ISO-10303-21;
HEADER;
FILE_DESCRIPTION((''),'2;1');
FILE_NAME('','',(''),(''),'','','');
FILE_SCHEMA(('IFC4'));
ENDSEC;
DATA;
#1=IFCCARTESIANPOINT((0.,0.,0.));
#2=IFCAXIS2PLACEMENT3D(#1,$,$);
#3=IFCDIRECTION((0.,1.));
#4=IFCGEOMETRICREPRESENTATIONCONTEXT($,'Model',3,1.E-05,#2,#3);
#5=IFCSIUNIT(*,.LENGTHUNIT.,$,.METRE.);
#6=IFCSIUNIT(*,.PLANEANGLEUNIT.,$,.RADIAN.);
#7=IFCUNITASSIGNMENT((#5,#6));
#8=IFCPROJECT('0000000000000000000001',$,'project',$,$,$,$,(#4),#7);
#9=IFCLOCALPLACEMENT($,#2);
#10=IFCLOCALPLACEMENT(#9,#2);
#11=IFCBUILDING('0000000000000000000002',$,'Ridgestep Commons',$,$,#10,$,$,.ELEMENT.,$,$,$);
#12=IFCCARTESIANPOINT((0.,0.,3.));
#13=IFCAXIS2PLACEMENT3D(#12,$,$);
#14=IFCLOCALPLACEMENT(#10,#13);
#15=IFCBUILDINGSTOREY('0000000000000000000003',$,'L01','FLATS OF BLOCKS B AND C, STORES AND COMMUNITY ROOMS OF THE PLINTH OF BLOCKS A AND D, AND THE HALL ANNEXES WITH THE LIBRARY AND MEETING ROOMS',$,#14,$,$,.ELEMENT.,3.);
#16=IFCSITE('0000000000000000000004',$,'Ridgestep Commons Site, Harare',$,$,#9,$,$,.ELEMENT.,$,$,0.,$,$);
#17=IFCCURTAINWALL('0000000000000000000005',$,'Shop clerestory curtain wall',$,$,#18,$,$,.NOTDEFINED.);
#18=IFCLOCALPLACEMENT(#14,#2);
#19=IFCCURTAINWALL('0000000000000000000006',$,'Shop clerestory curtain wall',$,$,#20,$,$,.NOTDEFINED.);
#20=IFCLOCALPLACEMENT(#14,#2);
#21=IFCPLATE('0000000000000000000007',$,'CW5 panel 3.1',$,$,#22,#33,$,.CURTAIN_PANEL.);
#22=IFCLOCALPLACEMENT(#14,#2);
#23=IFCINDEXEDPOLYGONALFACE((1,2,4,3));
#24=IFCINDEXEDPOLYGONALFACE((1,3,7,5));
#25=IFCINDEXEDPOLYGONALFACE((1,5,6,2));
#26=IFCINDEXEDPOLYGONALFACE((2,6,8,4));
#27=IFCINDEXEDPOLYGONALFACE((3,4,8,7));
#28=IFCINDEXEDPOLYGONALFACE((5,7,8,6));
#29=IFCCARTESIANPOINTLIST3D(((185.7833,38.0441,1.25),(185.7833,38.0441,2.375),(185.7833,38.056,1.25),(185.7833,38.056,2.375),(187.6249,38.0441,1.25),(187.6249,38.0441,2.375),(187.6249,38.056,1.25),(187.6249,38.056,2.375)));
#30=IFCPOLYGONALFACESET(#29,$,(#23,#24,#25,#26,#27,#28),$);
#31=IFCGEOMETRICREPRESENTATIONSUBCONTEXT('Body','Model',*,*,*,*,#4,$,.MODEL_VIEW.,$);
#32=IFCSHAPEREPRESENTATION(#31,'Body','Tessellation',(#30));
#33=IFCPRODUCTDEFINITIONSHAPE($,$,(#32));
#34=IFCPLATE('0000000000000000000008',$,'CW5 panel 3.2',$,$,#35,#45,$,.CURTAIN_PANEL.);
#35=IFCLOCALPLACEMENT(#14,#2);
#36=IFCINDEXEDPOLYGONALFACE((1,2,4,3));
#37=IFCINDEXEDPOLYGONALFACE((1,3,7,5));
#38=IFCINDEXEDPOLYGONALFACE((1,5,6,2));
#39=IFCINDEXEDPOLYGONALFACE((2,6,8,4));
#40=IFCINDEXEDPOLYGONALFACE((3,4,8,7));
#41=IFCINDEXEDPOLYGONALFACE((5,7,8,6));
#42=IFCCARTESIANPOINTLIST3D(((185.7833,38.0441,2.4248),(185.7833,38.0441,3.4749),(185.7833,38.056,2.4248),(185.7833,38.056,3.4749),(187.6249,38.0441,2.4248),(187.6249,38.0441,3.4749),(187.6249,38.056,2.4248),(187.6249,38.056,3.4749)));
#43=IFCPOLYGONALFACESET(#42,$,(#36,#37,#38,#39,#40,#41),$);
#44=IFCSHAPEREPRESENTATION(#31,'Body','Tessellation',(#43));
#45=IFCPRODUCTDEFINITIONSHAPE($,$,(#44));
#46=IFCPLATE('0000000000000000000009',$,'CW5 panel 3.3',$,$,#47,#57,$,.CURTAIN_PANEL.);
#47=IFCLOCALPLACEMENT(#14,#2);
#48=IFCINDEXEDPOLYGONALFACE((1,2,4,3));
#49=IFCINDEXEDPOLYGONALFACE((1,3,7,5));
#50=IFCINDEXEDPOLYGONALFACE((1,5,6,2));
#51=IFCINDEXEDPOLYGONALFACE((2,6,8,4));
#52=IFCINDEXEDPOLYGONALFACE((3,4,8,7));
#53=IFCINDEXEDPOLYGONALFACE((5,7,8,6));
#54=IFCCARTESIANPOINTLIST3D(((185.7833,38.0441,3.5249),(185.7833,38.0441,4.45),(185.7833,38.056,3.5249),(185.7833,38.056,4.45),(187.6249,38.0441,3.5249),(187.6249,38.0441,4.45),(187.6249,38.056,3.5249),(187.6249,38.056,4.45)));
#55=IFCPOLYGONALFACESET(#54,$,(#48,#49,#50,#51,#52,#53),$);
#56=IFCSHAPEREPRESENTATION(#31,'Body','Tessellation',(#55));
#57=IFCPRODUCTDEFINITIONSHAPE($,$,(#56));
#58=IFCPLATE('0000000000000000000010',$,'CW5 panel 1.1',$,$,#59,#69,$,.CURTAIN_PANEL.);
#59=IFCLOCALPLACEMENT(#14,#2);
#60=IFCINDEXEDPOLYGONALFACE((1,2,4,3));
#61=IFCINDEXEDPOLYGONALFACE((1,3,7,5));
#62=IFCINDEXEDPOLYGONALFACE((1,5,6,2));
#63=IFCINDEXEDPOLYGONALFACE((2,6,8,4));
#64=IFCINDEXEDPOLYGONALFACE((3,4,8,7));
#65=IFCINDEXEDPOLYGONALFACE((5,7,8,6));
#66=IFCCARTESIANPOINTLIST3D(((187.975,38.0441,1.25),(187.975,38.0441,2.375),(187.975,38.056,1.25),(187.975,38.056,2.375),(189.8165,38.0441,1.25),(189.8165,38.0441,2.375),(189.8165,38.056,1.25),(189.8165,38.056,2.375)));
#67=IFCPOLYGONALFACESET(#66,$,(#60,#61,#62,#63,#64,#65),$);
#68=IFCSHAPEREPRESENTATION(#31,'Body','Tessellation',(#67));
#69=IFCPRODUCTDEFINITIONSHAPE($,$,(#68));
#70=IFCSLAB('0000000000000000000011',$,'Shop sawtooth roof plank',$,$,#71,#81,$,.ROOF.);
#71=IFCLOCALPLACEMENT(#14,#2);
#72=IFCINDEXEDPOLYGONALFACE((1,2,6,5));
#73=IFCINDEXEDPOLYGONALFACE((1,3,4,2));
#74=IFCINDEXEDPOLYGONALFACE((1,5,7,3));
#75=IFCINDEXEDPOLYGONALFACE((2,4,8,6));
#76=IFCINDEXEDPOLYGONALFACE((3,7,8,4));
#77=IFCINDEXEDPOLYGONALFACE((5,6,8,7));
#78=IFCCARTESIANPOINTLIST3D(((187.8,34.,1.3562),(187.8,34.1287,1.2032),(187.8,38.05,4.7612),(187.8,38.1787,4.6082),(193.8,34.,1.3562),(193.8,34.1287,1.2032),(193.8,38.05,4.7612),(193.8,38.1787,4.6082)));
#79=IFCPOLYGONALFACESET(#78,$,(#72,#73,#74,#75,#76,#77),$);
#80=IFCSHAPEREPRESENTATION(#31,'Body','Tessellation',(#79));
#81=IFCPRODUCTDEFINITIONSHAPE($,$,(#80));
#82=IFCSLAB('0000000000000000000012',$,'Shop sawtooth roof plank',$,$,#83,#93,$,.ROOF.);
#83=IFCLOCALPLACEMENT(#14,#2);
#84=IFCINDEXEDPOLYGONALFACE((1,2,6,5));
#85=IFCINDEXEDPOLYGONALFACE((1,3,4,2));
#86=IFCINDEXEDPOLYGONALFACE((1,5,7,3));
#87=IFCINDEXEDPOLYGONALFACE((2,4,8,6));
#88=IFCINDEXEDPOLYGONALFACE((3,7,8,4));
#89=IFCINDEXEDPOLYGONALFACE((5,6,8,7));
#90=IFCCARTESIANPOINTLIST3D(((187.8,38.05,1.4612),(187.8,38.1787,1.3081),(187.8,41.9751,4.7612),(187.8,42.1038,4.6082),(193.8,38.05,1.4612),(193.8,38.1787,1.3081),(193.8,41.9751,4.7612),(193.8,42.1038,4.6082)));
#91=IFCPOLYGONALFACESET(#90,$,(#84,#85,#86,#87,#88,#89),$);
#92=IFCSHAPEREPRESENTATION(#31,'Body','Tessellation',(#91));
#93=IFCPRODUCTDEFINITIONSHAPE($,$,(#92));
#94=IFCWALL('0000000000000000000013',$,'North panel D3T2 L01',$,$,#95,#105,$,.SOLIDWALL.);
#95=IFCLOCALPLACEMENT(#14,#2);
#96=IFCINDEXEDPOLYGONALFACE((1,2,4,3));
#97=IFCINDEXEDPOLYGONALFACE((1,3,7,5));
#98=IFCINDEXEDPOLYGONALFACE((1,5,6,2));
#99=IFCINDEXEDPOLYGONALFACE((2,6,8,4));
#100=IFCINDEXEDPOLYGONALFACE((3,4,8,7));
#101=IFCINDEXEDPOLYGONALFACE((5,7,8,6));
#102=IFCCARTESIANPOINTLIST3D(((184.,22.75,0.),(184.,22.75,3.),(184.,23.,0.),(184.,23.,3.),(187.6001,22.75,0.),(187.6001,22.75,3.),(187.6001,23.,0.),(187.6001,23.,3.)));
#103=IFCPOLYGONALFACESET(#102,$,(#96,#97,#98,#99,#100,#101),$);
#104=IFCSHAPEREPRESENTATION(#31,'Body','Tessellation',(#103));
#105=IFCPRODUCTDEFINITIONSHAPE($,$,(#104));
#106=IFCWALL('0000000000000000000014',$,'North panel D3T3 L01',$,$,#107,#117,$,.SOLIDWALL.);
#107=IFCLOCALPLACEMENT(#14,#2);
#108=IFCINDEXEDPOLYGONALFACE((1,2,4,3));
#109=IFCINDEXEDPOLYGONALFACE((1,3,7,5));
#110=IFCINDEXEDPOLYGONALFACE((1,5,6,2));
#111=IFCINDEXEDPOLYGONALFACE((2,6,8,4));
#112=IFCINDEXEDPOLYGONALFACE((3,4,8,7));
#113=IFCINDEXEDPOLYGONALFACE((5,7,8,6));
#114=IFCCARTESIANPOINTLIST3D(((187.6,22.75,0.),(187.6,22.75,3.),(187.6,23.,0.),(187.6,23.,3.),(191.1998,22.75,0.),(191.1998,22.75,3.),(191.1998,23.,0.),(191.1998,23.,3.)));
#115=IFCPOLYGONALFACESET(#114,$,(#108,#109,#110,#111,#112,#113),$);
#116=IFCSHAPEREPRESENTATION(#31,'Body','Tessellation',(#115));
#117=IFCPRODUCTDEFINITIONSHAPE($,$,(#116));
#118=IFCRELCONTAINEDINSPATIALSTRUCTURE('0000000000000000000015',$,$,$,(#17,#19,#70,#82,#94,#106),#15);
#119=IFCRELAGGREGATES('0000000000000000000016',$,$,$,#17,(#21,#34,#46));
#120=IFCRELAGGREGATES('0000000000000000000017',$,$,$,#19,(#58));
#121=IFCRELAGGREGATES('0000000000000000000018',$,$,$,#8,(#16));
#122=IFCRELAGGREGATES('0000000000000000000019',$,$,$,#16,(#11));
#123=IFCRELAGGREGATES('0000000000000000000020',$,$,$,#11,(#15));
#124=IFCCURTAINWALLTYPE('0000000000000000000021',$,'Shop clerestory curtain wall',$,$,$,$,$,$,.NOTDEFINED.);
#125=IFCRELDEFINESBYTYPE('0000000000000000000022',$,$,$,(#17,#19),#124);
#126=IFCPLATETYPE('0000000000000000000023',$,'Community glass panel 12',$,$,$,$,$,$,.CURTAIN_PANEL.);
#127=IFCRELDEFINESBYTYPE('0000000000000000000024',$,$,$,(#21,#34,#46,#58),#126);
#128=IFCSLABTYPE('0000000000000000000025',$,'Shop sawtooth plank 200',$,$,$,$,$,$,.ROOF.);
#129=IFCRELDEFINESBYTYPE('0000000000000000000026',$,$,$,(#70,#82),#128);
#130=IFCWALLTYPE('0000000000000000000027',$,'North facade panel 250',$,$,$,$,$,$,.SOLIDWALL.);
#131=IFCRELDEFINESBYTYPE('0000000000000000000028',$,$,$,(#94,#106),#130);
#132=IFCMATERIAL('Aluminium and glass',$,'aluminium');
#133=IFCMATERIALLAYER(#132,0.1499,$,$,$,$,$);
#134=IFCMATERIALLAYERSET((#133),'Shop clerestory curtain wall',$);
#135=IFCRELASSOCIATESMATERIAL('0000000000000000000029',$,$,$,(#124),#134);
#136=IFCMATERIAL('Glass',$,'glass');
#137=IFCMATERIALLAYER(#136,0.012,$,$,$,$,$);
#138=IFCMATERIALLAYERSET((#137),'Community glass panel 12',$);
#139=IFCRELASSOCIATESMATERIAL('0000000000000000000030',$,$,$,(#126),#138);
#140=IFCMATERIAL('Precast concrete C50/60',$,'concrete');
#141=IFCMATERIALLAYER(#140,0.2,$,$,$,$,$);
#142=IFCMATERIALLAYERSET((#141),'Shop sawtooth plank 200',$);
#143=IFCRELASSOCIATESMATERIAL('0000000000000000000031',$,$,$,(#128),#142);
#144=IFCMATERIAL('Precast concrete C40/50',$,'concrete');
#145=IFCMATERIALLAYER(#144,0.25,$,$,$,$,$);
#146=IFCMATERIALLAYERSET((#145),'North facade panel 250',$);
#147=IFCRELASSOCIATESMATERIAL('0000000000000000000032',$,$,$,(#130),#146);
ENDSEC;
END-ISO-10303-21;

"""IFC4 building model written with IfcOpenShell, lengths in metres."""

from ifc_helpers import new_model, si_unit, direction, frame, frame_2d, origin, origin_2d, place, context, subcontext, project, spatial, polyline, rectangle, outline, extrude, material, layer, layer_set, type_object, element, aggregate, save


model = new_model("IFC4")

# Units and contexts
model_context = context("Model", 3, precision=1e-05, world=origin(), true_north=direction((0.0, 1.0)))
body_context = subcontext(model_context, "Body", "Model", "MODEL_VIEW")
ifc_project = project(units=[si_unit("LENGTHUNIT", "METRE"), si_unit("PLANEANGLEUNIT", "RADIAN")], contexts=[model_context])

# Site, building, storey
site_placement = place(None, origin())
site = spatial("IfcSite", under=ifc_project, at=site_placement, Name="Ridgestep Commons Site, Harare", CompositionType="ELEMENT", RefElevation=0.0)
building_placement = place(site_placement, origin())
building = spatial("IfcBuilding", under=site, at=building_placement, Name="Ridgestep Commons", CompositionType="ELEMENT")
storey_placement = place(building_placement, frame((0.0, 0.0, 3.0)))
storey = spatial("IfcBuildingStorey", under=building, at=storey_placement, Name="L01", Description="FLATS OF BLOCKS B AND C, STORES AND COMMUNITY ROOMS OF THE PLINTH OF BLOCKS A AND D, AND THE HALL ANNEXES WITH THE LIBRARY AND MEETING ROOMS", CompositionType="ELEMENT", Elevation=3.0)

# Curtain wall
ifc_material_1 = material(Name="Aluminium and glass", Category="aluminium")
ifc_layer_1 = layer(ifc_material_1, 0.1499)
ifc_layer_set_1 = layer_set([ifc_layer_1], Name="Shop clerestory curtain wall")
curtain_wall_type = type_object("IfcCurtainWallType", Name="Shop clerestory curtain wall", PredefinedType="NOTDEFINED", material=ifc_layer_set_1)
curtain_wall_1_placement = place(storey_placement, origin())
curtain_wall_1 = element("IfcCurtainWall", 1, at=curtain_wall_1_placement, inside=storey, type_object=curtain_wall_type, Name="Shop clerestory curtain wall", PredefinedType="NOTDEFINED")

# Curtain wall
curtain_wall_2_placement = place(storey_placement, origin())
curtain_wall_2 = element("IfcCurtainWall", 2, at=curtain_wall_2_placement, inside=storey, type_object=curtain_wall_type, Name="Shop clerestory curtain wall", PredefinedType="NOTDEFINED")

# Plates
ifc_material_2 = material(Name="Glass", Category="glass")
ifc_layer_2 = layer(ifc_material_2, 0.012)
ifc_layer_set_2 = layer_set([ifc_layer_2], Name="Community glass panel 12")
plate_type = type_object("IfcPlateType", Name="Community glass panel 12", PredefinedType="CURTAIN_PANEL", material=ifc_layer_set_2)
plate_1_placement = place(storey_placement, frame((186.7041, 38.05, 1.25), z_axis=(0.0, 0.0, 1.0), x_axis=(1.0, 0.0, 0.0)))
plate_1 = element("IfcPlate", 3, at=plate_1_placement, type_object=plate_type, Name="CW5 panel 3.1", PredefinedType="CURTAIN_PANEL", context=body_context, shape_type="SweptSolid", body=[
    extrude(rectangle(XDim=1.8416, YDim=0.012, at=origin_2d()), origin(), (0.0, 0.0, 1.0), 1.125),
])
plate_2_placement = place(storey_placement, frame((186.7041, 38.05, 2.4248), z_axis=(0.0, 0.0, 1.0), x_axis=(1.0, 0.0, 0.0)))
plate_2 = element("IfcPlate", 4, at=plate_2_placement, type_object=plate_type, Name="CW5 panel 3.2", PredefinedType="CURTAIN_PANEL", context=body_context, shape_type="SweptSolid", body=[
    extrude(rectangle(XDim=1.8416, YDim=0.012, at=origin_2d()), origin(), (0.0, 0.0, 1.0), 1.05),
])
plate_3_placement = place(storey_placement, frame((186.7041, 38.05, 3.5249), z_axis=(0.0, 0.0, 1.0), x_axis=(1.0, 0.0, 0.0)))
plate_3 = element("IfcPlate", 5, at=plate_3_placement, type_object=plate_type, Name="CW5 panel 3.3", PredefinedType="CURTAIN_PANEL", context=body_context, shape_type="SweptSolid", body=[
    extrude(rectangle(XDim=1.8416, YDim=0.012, at=origin_2d()), origin(), (0.0, 0.0, 1.0), 0.925),
])
aggregate(curtain_wall_1, [plate_1, plate_2, plate_3])
plate_4_placement = place(storey_placement, frame((188.8958, 38.05, 1.25), z_axis=(0.0, 0.0, 1.0), x_axis=(1.0, 0.0, 0.0)))
plate_4 = element("IfcPlate", 6, at=plate_4_placement, type_object=plate_type, Name="CW5 panel 1.1", PredefinedType="CURTAIN_PANEL", context=body_context, shape_type="SweptSolid", body=[
    extrude(rectangle(XDim=1.8416, YDim=0.012, at=origin_2d()), origin(), (0.0, 0.0, 1.0), 1.125),
])
aggregate(curtain_wall_2, [plate_4])

# Slabs
ifc_material_3 = material(Name="Precast concrete C50/60", Category="concrete")
ifc_layer_3 = layer(ifc_material_3, 0.2)
ifc_layer_set_3 = layer_set([ifc_layer_3], Name="Shop sawtooth plank 200")
slab_type = type_object("IfcSlabType", Name="Shop sawtooth plank 200", PredefinedType="ROOF", material=ifc_layer_set_3)
slab_1_placement = place(storey_placement, frame((187.8, 34.0, 1.3562), z_axis=(0.0, -0.643523, 0.765427), x_axis=(1.0, 0.0, 0.0)))
element("IfcSlab", 7, at=slab_1_placement, inside=storey, type_object=slab_type, Name="Shop sawtooth roof plank", PredefinedType="ROOF", context=body_context, shape_type="SweptSolid", body=[
    extrude(outline(polyline([(0.0, 0.0), (6.0, 0.0), (6.0, 5.2912), (0.0, 5.2912), (0.0, 0.0)])), origin(), (0.0, 0.0, -1.0), 0.2),
])
slab_2_placement = place(storey_placement, frame((187.8, 38.05, 1.4612), z_axis=(0.0, -0.643536, 0.765416), x_axis=(1.0, 0.0, 0.0)))
element("IfcSlab", 8, at=slab_2_placement, inside=storey, type_object=slab_type, Name="Shop sawtooth roof plank", PredefinedType="ROOF", context=body_context, shape_type="SweptSolid", body=[
    extrude(outline(polyline([(0.0, 0.0), (6.0, 0.0), (6.0, 5.128), (0.0, 5.128), (0.0, 0.0)])), origin(), (0.0, 0.0, -1.0), 0.2),
])

# Walls
ifc_material_4 = material(Name="Precast concrete C40/50", Category="concrete")
ifc_layer_4 = layer(ifc_material_4, 0.25)
ifc_layer_set_4 = layer_set([ifc_layer_4], Name="North facade panel 250")
wall_type = type_object("IfcWallType", Name="North facade panel 250", PredefinedType="SOLIDWALL", material=ifc_layer_set_4)
wall_1_placement = place(storey_placement, frame((184.0, 22.875, 0.0), z_axis=(0.0, 0.0, 1.0), x_axis=(1.0, 0.0, 0.0)))
element("IfcWall", 9, at=wall_1_placement, inside=storey, type_object=wall_type, Name="North panel D3T2 L01", PredefinedType="SOLIDWALL", context=body_context, shape_type="SweptSolid", body=[
    extrude(rectangle(XDim=3.6001, YDim=0.25, at=frame_2d((1.8, 0.0))), origin(), (0.0, 0.0, 1.0), 3.0),
])
wall_2_placement = place(storey_placement, frame((187.6001, 22.875, 0.0), z_axis=(0.0, 0.0, 1.0), x_axis=(1.0, 0.0, 0.0)))
element("IfcWall", 10, at=wall_2_placement, inside=storey, type_object=wall_type, Name="North panel D3T3 L01", PredefinedType="SOLIDWALL", context=body_context, shape_type="SweptSolid", body=[
    extrude(rectangle(XDim=3.5999, YDim=0.25, at=frame_2d((1.7998, 0.0))), origin(), (0.0, 0.0, 1.0), 3.0),
])

save(model, "model.ifc")
